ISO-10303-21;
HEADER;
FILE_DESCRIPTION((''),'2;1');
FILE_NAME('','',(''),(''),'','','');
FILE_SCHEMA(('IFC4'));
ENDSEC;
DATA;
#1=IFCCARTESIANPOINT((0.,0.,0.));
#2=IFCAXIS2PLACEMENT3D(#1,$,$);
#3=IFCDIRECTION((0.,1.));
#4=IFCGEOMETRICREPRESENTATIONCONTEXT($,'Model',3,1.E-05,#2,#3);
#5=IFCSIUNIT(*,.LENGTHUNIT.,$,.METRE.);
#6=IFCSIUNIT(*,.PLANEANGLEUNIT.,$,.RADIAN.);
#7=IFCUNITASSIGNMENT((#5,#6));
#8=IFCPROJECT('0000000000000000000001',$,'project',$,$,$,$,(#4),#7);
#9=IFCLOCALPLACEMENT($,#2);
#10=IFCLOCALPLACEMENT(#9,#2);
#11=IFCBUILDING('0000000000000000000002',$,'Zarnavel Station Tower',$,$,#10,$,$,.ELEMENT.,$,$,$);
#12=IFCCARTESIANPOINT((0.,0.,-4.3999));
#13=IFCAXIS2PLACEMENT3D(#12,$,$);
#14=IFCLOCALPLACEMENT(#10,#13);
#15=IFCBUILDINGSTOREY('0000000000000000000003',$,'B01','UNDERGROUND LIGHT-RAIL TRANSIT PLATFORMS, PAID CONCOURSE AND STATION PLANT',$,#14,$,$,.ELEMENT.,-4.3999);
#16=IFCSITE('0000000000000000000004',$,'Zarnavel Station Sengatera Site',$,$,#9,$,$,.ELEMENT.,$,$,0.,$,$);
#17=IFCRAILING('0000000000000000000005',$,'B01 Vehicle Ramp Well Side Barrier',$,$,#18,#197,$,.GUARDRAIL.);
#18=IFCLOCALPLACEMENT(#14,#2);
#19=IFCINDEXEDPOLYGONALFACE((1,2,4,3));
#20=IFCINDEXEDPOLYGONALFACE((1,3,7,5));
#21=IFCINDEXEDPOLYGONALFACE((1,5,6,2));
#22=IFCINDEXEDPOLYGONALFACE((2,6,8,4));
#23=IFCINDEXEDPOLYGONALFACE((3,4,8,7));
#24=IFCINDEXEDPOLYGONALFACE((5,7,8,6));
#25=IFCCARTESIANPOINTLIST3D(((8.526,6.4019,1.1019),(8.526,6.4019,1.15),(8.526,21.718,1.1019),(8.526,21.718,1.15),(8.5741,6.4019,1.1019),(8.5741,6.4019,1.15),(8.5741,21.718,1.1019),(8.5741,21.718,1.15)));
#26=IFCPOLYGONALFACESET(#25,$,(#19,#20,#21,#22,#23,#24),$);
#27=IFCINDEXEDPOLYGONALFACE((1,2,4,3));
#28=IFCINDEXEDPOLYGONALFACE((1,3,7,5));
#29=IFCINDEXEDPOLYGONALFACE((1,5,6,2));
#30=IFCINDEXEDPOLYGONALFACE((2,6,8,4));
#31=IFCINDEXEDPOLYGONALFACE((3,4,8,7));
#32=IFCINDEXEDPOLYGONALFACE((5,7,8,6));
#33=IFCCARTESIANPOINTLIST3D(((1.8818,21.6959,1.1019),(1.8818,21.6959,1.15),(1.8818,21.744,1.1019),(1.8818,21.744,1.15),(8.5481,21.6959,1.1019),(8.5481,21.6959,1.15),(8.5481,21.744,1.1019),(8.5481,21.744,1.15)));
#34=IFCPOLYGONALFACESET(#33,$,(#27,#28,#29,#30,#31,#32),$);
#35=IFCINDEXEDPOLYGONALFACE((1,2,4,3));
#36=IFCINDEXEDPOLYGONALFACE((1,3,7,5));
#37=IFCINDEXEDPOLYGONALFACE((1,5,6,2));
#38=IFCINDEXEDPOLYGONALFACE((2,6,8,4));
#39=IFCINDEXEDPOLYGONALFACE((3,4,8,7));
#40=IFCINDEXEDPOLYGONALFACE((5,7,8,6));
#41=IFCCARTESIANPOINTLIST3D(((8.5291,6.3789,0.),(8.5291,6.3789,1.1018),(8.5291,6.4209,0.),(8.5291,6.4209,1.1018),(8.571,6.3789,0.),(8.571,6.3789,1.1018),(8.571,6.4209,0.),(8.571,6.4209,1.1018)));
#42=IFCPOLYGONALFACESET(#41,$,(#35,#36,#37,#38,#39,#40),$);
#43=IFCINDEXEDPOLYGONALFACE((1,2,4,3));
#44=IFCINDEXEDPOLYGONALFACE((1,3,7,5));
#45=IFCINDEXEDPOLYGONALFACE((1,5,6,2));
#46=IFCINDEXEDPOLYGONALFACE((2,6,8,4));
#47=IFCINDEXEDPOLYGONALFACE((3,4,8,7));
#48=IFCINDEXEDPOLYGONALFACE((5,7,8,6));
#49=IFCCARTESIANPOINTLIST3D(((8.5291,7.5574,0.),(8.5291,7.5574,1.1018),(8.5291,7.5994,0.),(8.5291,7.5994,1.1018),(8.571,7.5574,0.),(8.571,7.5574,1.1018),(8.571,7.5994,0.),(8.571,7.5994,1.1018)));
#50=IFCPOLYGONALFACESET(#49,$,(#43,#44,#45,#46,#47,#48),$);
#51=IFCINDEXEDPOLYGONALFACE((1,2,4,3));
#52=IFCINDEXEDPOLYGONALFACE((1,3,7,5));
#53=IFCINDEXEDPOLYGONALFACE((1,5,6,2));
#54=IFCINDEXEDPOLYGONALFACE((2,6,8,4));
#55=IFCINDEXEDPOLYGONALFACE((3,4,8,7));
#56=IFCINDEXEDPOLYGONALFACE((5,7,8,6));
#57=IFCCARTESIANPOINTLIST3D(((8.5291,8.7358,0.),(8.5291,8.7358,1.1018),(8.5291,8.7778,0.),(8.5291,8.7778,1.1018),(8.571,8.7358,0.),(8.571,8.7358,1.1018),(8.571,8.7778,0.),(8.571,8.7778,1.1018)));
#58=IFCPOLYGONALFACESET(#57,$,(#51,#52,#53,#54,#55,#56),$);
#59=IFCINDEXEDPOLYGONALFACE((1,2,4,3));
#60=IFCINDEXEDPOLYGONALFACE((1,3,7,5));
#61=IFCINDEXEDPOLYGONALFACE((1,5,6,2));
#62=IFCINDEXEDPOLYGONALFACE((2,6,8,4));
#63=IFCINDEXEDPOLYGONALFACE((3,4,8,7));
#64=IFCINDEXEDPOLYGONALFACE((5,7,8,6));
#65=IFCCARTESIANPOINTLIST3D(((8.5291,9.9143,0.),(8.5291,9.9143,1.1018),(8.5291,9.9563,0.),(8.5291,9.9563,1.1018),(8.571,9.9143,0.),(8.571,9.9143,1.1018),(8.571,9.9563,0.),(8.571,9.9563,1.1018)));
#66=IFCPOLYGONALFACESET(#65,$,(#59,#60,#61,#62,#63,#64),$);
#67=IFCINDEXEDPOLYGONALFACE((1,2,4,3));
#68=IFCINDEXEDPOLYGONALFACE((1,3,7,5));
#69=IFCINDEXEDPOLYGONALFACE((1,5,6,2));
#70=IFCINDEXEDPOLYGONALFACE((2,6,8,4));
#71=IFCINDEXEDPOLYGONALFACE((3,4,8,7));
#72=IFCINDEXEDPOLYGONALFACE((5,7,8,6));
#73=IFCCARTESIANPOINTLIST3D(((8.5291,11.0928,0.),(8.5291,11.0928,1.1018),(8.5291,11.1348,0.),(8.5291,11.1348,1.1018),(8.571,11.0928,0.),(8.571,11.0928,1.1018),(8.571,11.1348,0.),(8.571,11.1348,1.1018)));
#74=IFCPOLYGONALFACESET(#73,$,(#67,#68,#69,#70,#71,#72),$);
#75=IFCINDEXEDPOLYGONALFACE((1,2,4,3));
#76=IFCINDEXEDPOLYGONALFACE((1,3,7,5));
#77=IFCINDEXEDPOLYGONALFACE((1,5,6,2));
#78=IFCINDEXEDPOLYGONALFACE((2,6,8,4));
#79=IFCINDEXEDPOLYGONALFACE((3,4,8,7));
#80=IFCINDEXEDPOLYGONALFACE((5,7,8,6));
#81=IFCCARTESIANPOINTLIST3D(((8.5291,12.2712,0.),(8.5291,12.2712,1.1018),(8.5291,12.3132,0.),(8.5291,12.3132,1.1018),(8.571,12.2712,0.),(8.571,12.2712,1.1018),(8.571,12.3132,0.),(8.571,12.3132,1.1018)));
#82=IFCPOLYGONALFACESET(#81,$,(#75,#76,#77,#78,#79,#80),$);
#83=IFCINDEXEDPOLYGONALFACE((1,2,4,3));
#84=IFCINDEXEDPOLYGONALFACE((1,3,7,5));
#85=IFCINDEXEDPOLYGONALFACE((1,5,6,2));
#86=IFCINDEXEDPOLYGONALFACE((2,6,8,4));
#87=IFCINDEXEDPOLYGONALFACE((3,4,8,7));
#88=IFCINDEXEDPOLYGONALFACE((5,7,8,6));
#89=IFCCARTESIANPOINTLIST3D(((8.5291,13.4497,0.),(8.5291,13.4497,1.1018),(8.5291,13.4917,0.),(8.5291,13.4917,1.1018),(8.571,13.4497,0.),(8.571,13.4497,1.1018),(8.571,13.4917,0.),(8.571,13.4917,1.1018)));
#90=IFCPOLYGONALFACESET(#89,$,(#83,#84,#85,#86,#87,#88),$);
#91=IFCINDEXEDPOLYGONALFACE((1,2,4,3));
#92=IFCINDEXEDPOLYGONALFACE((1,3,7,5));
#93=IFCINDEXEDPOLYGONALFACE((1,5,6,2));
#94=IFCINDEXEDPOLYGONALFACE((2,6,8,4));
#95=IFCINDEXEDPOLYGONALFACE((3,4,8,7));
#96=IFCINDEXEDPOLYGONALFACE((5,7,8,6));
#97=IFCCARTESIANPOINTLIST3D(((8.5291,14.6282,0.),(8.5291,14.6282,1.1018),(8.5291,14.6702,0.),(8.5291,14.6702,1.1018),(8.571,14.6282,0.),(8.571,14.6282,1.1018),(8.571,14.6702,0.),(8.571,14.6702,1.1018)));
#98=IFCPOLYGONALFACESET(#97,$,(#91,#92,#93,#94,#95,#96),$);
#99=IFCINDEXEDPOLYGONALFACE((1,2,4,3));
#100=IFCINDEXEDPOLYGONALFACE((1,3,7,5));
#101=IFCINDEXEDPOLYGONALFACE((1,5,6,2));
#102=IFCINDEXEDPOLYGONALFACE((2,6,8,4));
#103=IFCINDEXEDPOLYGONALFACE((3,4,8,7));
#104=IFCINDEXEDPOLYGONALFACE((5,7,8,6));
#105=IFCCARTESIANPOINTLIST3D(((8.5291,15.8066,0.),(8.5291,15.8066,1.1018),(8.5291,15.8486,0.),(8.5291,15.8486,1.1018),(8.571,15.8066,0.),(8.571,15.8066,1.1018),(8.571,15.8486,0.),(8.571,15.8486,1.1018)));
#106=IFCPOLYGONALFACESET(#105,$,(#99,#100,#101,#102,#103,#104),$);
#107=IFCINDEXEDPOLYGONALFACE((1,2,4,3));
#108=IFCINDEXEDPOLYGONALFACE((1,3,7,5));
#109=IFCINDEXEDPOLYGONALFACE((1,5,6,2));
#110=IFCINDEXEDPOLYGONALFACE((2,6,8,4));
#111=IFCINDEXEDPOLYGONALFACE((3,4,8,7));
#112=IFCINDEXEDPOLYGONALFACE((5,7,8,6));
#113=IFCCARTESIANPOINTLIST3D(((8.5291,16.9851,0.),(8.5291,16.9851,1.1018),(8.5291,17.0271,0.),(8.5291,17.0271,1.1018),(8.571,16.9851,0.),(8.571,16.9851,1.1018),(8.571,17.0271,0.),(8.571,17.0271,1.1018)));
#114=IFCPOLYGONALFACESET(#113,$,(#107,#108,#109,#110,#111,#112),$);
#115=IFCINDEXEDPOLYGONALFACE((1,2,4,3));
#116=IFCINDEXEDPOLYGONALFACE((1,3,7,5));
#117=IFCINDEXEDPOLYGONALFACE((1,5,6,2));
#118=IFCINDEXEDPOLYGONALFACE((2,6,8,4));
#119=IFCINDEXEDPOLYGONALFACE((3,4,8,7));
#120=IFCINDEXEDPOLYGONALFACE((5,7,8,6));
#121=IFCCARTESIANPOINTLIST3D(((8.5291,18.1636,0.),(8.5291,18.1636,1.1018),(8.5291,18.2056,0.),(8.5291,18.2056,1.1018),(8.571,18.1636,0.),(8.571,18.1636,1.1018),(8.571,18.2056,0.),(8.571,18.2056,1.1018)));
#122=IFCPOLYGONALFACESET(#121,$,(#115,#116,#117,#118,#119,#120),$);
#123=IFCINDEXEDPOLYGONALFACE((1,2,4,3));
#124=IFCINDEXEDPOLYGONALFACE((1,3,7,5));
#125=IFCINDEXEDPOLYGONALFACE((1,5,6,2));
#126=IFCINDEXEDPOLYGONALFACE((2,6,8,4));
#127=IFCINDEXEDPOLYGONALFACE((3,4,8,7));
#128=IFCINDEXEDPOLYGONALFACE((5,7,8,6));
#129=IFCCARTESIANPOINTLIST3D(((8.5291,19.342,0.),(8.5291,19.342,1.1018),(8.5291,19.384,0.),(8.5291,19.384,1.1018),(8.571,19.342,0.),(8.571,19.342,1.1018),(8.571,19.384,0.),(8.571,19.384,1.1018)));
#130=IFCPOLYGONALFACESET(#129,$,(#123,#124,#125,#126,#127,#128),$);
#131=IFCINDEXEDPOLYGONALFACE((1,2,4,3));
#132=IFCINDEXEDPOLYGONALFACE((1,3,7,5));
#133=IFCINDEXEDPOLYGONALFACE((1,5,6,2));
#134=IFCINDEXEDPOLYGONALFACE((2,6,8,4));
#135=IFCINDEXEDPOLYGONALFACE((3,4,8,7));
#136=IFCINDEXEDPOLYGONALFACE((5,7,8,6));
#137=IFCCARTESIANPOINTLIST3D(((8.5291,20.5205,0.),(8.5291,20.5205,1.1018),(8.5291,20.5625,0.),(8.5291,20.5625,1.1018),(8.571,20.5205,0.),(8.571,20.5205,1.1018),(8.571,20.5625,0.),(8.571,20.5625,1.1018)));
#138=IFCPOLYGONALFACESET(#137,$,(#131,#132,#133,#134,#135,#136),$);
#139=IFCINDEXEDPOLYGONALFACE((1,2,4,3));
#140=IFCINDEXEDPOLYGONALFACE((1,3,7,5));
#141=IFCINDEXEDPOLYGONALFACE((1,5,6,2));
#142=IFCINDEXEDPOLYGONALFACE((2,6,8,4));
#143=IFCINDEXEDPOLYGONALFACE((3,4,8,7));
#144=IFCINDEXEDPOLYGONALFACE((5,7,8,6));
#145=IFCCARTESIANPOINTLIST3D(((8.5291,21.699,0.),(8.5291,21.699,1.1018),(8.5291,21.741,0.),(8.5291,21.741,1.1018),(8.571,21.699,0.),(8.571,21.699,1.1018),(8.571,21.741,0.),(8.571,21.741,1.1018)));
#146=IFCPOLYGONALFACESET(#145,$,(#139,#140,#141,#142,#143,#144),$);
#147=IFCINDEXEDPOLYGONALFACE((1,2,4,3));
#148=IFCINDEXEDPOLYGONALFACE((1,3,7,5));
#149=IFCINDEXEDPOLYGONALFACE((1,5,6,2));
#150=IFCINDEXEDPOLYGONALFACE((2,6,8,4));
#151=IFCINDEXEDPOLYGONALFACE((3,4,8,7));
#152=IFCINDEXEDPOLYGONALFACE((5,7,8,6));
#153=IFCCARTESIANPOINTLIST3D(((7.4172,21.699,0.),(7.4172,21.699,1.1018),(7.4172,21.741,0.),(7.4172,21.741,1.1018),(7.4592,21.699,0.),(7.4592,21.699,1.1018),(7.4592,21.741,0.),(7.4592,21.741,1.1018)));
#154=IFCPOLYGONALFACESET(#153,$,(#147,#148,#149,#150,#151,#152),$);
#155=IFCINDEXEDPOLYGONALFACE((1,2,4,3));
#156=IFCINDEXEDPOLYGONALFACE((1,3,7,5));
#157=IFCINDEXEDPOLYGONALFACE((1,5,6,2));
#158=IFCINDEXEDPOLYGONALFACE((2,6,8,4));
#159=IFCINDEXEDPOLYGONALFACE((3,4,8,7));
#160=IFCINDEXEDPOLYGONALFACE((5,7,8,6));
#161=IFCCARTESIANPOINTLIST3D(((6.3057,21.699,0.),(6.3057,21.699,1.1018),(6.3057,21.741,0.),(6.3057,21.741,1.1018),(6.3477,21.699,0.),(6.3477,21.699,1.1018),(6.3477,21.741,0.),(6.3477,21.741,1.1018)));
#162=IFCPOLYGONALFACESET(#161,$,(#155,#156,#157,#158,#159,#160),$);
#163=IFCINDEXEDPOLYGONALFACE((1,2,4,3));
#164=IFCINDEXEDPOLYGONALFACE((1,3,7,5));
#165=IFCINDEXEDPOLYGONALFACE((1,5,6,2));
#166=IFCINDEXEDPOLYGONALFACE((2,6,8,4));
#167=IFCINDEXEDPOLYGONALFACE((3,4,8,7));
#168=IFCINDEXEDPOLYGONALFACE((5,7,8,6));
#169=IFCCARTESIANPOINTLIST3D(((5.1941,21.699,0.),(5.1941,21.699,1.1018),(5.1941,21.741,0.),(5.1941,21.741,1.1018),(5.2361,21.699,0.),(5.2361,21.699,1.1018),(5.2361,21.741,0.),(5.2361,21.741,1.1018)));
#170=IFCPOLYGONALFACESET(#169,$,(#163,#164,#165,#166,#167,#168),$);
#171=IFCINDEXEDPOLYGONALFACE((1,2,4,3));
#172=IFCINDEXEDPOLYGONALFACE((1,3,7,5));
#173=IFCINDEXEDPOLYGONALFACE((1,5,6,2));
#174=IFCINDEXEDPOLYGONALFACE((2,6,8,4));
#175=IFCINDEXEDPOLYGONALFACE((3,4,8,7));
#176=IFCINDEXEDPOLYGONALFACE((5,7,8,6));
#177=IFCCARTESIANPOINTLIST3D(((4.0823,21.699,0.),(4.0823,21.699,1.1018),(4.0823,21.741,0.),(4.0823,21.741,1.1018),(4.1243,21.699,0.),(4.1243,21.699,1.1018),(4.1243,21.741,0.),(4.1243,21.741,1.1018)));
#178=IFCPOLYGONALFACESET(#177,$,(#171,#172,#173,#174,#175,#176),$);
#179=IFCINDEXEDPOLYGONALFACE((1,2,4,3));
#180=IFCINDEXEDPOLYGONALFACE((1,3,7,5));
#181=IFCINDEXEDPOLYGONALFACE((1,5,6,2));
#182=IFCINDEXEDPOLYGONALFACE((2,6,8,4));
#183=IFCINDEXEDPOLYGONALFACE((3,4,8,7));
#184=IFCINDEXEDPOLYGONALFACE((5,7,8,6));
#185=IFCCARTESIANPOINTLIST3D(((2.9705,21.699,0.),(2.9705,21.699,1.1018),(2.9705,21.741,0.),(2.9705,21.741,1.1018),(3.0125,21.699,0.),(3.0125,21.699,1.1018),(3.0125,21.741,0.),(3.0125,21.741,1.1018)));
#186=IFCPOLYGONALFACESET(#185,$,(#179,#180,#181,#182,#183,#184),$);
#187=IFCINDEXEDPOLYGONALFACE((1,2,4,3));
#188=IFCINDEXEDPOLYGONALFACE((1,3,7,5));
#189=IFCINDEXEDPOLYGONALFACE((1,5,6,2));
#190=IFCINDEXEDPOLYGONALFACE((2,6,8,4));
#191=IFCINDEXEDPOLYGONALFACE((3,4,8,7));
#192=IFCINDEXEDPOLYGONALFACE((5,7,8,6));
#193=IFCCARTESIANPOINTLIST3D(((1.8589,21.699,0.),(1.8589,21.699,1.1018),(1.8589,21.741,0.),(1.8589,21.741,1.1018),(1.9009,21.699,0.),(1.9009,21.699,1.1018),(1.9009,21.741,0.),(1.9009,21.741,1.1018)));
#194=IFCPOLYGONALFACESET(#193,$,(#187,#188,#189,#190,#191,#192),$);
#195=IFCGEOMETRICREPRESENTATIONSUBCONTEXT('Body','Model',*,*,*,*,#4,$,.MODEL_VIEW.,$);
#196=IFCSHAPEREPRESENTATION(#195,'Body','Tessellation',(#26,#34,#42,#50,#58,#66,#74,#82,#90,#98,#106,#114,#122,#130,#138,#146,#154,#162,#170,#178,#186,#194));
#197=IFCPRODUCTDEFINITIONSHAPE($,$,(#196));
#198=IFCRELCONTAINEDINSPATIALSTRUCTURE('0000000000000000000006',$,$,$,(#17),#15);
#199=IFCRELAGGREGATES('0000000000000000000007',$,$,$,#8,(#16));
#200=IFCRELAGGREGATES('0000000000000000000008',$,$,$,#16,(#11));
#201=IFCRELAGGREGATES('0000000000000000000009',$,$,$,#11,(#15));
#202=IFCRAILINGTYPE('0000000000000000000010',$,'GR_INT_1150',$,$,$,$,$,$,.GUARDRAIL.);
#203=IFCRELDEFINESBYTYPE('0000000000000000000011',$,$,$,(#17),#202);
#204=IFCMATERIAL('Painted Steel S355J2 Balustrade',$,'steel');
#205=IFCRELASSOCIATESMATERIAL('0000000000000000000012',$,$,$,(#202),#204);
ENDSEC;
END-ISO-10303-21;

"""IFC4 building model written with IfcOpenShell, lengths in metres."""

from ifc_helpers import new_model, si_unit, direction, frame, origin, origin_2d, place, context, subcontext, project, spatial, rectangle, extrude, material, type_object, element, save


model = new_model("IFC4")

# Units and contexts
model_context = context("Model", 3, precision=1e-05, world=origin(), true_north=direction((0.0, 1.0)))
body_context = subcontext(model_context, "Body", "Model", "MODEL_VIEW")
ifc_project = project(units=[si_unit("LENGTHUNIT", "METRE"), si_unit("PLANEANGLEUNIT", "RADIAN")], contexts=[model_context])

# Site, building, storey
site_placement = place(None, origin())
site = spatial("IfcSite", under=ifc_project, at=site_placement, Name="Zarnavel Station Sengatera Site", CompositionType="ELEMENT", RefElevation=0.0)
building_placement = place(site_placement, origin())
building = spatial("IfcBuilding", under=site, at=building_placement, Name="Zarnavel Station Tower", CompositionType="ELEMENT")
storey_placement = place(building_placement, frame((0.0, 0.0, -4.3999)))
storey = spatial("IfcBuildingStorey", under=building, at=storey_placement, Name="B01", Description="UNDERGROUND LIGHT-RAIL TRANSIT PLATFORMS, PAID CONCOURSE AND STATION PLANT", CompositionType="ELEMENT", Elevation=-4.3999)

# Railing
ifc_material_1 = material(Name="Painted Steel S355J2 Balustrade", Category="steel")
railing_type = type_object("IfcRailingType", Name="GR_INT_1150", PredefinedType="GUARDRAIL", material=ifc_material_1)
railing_placement = place(storey_placement, frame((8.55, 6.3999, 0.0)))
element("IfcRailing", 1, at=railing_placement, inside=storey, type_object=railing_type, Name="B01 Vehicle Ramp Well Side Barrier", PredefinedType="GUARDRAIL", context=body_context, shape_type="SweptSolid", body=[
    extrude(rectangle(XDim=0.0481, YDim=0.0481, at=origin_2d()), frame((0.0, 0.002, 1.126), z_axis=(0.0, 1.0, 0.0), x_axis=(-1.0, 0.0, 0.0)), (0.0, 0.0, 1.0), 15.3162),
    extrude(rectangle(XDim=0.0481, YDim=0.0481, at=origin_2d()), frame((-0.002, 15.3201, 1.126), z_axis=(-1.0, 0.0, 0.0), x_axis=(0.0, -1.0, 0.0)), (0.0, 0.0, 1.0), 6.6663),
    extrude(rectangle(XDim=0.042, YDim=0.042, at=origin_2d()), origin(), (0.0, 0.0, 1.0), 1.1018),
    extrude(rectangle(XDim=0.042, YDim=0.042, at=origin_2d()), frame((0.0, 1.1785, 0.0)), (0.0, 0.0, 1.0), 1.1018),
    extrude(rectangle(XDim=0.042, YDim=0.042, at=origin_2d()), frame((0.0, 2.3569, 0.0)), (0.0, 0.0, 1.0), 1.1018),
    extrude(rectangle(XDim=0.042, YDim=0.042, at=origin_2d()), frame((0.0, 3.5354, 0.0)), (0.0, 0.0, 1.0), 1.1018),
    extrude(rectangle(XDim=0.042, YDim=0.042, at=origin_2d()), frame((0.0, 4.7139, 0.0)), (0.0, 0.0, 1.0), 1.1018),
    extrude(rectangle(XDim=0.042, YDim=0.042, at=origin_2d()), frame((0.0, 5.8923, 0.0)), (0.0, 0.0, 1.0), 1.1018),
    extrude(rectangle(XDim=0.042, YDim=0.042, at=origin_2d()), frame((0.0, 7.0708, 0.0)), (0.0, 0.0, 1.0), 1.1018),
    extrude(rectangle(XDim=0.042, YDim=0.042, at=origin_2d()), frame((0.0, 8.2493, 0.0)), (0.0, 0.0, 1.0), 1.1018),
    extrude(rectangle(XDim=0.042, YDim=0.042, at=origin_2d()), frame((0.0, 9.4277, 0.0)), (0.0, 0.0, 1.0), 1.1018),
    extrude(rectangle(XDim=0.042, YDim=0.042, at=origin_2d()), frame((0.0, 10.6062, 0.0)), (0.0, 0.0, 1.0), 1.1018),
    extrude(rectangle(XDim=0.042, YDim=0.042, at=origin_2d()), frame((0.0, 11.7847, 0.0)), (0.0, 0.0, 1.0), 1.1018),
    extrude(rectangle(XDim=0.042, YDim=0.042, at=origin_2d()), frame((0.0, 12.9631, 0.0)), (0.0, 0.0, 1.0), 1.1018),
    extrude(rectangle(XDim=0.042, YDim=0.042, at=origin_2d()), frame((0.0, 14.1416, 0.0)), (0.0, 0.0, 1.0), 1.1018),
    extrude(rectangle(XDim=0.042, YDim=0.042, at=origin_2d()), frame((0.0, 15.3201, 0.0)), (0.0, 0.0, 1.0), 1.1018),
    extrude(rectangle(XDim=0.042, YDim=0.042, at=origin_2d()), frame((-1.1118, 15.3201, 0.0)), (0.0, 0.0, 1.0), 1.1018),
    extrude(rectangle(XDim=0.042, YDim=0.042, at=origin_2d()), frame((-2.2234, 15.3201, 0.0)), (0.0, 0.0, 1.0), 1.1018),
    extrude(rectangle(XDim=0.042, YDim=0.042, at=origin_2d()), frame((-3.335, 15.3201, 0.0)), (0.0, 0.0, 1.0), 1.1018),
    extrude(rectangle(XDim=0.042, YDim=0.042, at=origin_2d()), frame((-4.4468, 15.3201, 0.0)), (0.0, 0.0, 1.0), 1.1018),
    extrude(rectangle(XDim=0.042, YDim=0.042, at=origin_2d()), frame((-5.5586, 15.3201, 0.0)), (0.0, 0.0, 1.0), 1.1018),
    extrude(rectangle(XDim=0.042, YDim=0.042, at=origin_2d()), frame((-6.6702, 15.3201, 0.0)), (0.0, 0.0, 1.0), 1.1018),
])

save(model, "model.ifc")
